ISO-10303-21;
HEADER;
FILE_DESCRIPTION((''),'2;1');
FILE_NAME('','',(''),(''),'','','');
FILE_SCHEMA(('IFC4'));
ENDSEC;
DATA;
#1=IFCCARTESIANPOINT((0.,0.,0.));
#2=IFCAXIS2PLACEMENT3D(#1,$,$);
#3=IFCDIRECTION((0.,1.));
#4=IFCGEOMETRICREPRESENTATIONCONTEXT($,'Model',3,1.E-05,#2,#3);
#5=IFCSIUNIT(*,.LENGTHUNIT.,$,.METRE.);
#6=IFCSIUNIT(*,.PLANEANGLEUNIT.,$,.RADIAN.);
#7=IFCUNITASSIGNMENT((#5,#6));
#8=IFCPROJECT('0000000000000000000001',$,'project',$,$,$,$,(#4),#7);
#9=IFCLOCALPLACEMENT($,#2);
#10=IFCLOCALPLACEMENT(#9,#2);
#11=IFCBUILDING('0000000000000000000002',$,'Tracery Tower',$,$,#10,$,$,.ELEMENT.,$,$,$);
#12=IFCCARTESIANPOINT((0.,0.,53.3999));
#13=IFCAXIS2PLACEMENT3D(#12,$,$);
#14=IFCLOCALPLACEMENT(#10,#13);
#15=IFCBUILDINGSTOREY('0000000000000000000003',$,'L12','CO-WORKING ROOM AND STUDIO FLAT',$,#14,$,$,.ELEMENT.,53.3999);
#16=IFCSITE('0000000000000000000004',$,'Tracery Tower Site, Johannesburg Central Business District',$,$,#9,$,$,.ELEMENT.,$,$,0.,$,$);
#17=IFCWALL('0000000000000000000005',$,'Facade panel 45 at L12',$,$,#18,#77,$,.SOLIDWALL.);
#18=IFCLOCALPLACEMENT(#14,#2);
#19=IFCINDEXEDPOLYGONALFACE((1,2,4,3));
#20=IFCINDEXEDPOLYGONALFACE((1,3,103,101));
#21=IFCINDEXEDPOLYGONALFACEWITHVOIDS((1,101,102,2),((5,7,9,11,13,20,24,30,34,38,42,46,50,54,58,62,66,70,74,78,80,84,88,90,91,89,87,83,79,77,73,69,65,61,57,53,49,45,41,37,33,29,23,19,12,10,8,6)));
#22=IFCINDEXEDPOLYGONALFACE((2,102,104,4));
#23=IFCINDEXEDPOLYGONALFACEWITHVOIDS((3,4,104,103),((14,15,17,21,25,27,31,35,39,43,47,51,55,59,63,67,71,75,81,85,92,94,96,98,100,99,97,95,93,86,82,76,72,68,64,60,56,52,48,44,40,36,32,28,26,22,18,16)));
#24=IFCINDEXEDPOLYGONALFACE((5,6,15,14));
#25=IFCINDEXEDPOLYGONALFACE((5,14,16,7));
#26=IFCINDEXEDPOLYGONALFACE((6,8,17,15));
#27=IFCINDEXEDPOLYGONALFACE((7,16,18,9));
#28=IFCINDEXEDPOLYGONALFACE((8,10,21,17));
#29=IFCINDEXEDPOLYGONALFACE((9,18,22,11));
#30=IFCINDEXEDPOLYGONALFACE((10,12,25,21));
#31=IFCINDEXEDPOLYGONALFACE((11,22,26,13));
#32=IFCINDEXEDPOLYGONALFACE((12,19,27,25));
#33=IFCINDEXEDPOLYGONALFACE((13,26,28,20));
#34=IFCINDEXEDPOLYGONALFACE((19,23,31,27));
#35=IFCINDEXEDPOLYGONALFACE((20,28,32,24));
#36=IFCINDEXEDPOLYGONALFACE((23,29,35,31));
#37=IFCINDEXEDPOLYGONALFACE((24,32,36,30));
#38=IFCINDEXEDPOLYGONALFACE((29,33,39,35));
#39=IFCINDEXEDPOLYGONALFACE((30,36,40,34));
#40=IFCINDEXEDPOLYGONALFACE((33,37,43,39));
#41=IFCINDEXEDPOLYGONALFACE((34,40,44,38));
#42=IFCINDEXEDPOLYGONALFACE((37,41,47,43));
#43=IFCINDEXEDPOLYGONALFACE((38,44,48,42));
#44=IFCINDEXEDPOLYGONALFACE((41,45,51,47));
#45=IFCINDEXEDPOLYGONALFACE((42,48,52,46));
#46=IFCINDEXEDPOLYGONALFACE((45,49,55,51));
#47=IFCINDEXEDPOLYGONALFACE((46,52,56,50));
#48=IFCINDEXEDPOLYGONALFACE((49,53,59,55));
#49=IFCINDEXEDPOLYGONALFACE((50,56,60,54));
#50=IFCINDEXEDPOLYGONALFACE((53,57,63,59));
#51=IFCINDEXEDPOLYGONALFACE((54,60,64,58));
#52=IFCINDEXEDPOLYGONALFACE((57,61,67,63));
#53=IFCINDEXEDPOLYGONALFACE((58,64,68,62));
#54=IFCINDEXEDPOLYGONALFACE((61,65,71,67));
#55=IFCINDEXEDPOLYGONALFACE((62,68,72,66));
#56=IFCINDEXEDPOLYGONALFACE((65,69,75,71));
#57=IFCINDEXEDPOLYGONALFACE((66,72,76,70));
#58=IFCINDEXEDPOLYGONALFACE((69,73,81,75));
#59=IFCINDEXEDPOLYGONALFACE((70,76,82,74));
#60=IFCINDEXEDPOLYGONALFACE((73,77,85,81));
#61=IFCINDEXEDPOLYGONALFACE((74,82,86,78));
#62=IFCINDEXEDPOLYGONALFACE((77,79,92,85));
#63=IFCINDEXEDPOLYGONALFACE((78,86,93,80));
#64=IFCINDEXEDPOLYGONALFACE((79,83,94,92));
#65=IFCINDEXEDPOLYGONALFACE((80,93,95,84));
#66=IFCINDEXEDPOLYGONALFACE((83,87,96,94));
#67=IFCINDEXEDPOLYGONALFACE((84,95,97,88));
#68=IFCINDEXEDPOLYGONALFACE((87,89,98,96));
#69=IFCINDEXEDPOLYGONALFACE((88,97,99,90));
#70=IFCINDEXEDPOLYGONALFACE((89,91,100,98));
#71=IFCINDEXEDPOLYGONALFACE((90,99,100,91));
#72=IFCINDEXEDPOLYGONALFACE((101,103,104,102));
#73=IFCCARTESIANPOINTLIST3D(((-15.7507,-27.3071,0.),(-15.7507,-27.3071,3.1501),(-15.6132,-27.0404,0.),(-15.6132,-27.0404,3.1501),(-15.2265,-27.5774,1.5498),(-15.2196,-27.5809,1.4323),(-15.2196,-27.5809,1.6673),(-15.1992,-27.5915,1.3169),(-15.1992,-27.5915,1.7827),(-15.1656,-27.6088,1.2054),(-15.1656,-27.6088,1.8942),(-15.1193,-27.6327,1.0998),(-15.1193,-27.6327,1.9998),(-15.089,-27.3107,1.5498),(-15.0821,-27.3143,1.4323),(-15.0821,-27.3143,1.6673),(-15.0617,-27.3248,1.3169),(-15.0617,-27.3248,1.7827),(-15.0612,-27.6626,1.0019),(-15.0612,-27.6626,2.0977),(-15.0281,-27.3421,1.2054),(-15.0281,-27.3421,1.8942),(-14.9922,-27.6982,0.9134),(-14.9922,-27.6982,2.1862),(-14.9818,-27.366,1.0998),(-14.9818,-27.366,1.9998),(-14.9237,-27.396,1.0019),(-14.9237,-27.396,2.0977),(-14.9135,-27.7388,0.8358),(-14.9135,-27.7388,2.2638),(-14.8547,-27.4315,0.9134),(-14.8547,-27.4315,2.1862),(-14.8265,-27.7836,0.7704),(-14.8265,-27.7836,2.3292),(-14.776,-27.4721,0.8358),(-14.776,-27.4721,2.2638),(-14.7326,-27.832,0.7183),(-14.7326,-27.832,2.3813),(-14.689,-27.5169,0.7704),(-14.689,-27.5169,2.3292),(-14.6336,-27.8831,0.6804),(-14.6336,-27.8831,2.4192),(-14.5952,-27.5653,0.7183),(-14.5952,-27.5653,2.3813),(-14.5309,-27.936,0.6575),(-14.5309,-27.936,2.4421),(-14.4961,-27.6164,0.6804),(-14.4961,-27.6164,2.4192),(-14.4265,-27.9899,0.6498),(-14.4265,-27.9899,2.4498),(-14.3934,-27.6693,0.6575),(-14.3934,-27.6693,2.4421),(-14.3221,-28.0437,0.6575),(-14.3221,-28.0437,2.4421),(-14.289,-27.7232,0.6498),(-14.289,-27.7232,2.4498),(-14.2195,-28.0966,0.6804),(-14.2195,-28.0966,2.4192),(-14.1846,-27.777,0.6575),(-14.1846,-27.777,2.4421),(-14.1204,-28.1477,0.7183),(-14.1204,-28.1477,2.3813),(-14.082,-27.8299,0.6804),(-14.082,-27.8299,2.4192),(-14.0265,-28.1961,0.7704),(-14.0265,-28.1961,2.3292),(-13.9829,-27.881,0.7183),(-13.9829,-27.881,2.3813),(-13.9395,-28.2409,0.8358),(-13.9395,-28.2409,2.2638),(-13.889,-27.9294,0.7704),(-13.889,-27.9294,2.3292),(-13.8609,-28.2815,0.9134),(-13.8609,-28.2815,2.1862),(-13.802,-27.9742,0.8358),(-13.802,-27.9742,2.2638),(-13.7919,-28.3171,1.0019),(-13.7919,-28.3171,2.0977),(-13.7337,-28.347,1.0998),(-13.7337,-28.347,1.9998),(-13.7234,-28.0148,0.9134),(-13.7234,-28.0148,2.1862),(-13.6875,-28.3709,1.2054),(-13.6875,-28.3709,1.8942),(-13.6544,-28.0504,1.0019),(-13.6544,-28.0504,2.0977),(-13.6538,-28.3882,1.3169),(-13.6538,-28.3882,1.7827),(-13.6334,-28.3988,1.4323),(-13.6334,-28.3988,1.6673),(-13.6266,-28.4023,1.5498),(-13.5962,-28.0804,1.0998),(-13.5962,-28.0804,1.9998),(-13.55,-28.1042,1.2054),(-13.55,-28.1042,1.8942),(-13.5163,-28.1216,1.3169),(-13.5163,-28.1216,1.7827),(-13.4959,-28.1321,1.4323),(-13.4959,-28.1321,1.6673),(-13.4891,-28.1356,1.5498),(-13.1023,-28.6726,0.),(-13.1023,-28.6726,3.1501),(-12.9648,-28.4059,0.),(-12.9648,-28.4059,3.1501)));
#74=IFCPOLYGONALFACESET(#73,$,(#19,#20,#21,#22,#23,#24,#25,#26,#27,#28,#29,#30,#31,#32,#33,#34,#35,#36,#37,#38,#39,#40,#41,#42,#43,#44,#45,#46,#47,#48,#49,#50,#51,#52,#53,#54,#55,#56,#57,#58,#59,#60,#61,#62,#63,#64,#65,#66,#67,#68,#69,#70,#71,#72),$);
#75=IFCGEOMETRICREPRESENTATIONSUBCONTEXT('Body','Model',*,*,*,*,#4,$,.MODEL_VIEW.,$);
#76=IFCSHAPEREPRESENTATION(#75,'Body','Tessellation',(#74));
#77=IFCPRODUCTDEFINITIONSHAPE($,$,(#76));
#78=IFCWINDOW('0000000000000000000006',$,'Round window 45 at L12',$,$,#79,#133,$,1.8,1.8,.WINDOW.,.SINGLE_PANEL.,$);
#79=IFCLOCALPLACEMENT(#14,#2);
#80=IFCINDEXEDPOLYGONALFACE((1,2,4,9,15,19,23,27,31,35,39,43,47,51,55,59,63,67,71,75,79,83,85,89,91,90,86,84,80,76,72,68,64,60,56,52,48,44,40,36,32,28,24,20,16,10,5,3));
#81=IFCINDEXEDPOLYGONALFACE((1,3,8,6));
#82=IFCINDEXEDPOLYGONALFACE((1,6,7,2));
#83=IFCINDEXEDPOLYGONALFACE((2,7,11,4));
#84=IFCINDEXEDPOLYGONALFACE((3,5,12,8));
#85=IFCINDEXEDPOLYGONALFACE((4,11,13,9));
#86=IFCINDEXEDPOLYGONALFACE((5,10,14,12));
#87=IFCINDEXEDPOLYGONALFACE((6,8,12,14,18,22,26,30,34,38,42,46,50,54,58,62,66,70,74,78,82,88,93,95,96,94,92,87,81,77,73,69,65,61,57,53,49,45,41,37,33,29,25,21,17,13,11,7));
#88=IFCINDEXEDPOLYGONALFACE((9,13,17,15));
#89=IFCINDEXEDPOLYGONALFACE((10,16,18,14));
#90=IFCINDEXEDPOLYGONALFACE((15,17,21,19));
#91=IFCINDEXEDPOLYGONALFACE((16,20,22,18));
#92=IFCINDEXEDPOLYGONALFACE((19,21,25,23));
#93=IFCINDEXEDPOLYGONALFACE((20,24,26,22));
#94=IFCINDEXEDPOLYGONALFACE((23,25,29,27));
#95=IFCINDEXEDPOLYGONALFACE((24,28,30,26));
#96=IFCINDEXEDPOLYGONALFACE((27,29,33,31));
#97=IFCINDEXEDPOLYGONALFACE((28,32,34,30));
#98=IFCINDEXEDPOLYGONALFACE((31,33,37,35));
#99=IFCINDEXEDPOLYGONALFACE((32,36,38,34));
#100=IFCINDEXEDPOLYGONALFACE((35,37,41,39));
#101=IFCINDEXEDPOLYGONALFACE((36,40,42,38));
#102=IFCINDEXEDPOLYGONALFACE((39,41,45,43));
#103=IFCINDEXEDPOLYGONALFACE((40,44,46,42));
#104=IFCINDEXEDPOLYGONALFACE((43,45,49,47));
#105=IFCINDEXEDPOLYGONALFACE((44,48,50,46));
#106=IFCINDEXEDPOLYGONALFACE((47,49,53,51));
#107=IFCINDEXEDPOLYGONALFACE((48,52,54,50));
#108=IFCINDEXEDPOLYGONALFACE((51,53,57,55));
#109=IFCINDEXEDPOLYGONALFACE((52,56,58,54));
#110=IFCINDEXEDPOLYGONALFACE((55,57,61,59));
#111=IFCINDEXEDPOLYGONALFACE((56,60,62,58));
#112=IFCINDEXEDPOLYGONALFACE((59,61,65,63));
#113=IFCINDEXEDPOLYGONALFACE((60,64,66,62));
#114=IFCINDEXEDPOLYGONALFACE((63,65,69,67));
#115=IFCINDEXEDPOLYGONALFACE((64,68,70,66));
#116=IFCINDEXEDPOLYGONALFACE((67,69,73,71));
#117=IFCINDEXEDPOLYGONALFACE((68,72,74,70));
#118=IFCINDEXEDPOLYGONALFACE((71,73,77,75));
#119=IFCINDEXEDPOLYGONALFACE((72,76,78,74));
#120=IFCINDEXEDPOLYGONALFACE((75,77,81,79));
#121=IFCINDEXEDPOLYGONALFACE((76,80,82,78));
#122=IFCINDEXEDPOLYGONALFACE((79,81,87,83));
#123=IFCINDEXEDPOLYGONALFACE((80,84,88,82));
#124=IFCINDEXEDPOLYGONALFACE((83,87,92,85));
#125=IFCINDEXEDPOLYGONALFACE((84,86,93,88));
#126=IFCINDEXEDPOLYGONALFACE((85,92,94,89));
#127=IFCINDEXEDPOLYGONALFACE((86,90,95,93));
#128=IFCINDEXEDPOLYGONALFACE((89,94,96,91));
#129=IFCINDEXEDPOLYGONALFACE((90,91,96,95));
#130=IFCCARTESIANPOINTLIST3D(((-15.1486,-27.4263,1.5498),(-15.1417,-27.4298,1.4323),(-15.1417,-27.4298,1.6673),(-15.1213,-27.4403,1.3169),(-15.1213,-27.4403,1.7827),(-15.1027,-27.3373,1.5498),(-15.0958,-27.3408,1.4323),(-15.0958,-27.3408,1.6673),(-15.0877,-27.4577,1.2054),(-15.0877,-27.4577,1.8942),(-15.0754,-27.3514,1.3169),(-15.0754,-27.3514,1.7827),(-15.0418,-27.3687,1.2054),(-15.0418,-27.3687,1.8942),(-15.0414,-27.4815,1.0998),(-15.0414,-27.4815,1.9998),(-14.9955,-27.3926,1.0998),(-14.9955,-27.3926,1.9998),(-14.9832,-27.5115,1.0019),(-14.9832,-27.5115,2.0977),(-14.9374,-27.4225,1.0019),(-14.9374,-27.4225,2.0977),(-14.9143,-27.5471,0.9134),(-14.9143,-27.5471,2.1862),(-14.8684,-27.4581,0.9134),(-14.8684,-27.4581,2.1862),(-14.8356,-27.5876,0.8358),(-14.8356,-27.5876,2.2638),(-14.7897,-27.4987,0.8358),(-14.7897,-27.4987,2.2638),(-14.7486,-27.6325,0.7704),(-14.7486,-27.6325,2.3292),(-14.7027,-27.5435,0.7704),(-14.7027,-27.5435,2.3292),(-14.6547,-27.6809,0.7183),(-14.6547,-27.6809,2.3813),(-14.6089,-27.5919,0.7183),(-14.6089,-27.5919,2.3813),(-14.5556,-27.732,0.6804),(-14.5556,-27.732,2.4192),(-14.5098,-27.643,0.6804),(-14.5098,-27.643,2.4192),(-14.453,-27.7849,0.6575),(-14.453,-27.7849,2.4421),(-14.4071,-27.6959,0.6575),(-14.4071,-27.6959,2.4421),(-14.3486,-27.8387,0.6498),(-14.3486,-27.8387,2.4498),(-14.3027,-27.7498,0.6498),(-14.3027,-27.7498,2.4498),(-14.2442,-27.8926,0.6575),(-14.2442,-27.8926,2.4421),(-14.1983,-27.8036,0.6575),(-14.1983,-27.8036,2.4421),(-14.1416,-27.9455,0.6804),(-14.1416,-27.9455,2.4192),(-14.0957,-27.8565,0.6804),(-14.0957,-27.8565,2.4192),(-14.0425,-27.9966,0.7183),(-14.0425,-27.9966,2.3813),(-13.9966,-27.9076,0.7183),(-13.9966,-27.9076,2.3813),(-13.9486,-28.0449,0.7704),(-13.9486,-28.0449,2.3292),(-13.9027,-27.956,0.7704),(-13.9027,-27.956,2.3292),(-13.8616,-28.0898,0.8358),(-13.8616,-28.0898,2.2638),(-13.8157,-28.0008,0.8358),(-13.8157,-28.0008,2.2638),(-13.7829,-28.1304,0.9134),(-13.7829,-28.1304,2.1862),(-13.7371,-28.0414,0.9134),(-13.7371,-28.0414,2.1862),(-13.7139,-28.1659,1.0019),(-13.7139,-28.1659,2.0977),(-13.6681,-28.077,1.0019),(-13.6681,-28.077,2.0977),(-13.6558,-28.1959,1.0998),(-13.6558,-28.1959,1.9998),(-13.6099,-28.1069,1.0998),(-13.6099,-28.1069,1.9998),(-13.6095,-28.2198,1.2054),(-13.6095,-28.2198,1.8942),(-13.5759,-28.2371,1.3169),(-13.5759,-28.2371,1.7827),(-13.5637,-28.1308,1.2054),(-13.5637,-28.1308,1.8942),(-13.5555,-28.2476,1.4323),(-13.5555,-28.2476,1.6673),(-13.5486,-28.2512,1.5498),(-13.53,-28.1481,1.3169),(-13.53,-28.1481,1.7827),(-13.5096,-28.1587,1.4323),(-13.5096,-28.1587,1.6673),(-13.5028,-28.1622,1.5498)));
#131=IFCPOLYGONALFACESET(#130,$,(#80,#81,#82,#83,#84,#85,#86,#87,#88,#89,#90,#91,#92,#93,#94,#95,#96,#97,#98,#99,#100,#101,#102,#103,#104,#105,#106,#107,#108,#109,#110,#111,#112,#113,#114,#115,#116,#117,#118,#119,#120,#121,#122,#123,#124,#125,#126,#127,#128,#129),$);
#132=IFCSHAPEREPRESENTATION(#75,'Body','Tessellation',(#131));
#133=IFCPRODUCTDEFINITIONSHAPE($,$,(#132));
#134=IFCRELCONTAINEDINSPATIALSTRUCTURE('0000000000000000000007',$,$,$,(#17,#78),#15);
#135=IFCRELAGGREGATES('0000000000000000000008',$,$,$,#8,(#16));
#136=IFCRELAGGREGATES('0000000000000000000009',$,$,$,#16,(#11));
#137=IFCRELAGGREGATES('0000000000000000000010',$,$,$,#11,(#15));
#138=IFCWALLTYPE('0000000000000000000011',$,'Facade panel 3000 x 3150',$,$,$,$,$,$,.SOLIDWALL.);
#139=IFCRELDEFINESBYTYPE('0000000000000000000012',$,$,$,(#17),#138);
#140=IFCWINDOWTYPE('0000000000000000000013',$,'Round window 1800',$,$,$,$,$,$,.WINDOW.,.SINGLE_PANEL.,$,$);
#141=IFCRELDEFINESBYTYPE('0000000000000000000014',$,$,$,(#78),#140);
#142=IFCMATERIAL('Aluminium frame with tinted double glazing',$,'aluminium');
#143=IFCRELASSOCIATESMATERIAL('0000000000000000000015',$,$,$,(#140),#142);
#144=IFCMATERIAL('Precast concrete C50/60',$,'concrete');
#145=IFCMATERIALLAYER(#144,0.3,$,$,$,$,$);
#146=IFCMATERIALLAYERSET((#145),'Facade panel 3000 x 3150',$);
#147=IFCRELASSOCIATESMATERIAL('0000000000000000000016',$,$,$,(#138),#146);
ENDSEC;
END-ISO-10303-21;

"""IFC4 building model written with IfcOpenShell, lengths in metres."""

from ifc_helpers import new_model, si_unit, direction, frame, frame_2d, origin, origin_2d, place, context, subcontext, project, spatial, rectangle, circle, extrude, material, layer, layer_set, type_object, element, fill, save


model = new_model("IFC4")

# Units and contexts
model_context = context("Model", 3, precision=1e-05, world=origin(), true_north=direction((0.0, 1.0)))
body_context = subcontext(model_context, "Body", "Model", "MODEL_VIEW")
ifc_project = project(units=[si_unit("LENGTHUNIT", "METRE"), si_unit("PLANEANGLEUNIT", "RADIAN")], contexts=[model_context])

# Site, building, storey
site_placement = place(None, origin())
site = spatial("IfcSite", under=ifc_project, at=site_placement, Name="Tracery Tower Site, Johannesburg Central Business District", CompositionType="ELEMENT", RefElevation=0.0)
building_placement = place(site_placement, origin())
building = spatial("IfcBuilding", under=site, at=building_placement, Name="Tracery Tower", CompositionType="ELEMENT")
storey_placement = place(building_placement, frame((0.0, 0.0, 53.3999)))
storey = spatial("IfcBuildingStorey", under=building, at=storey_placement, Name="L12", Description="CO-WORKING ROOM AND STUDIO FLAT", CompositionType="ELEMENT", Elevation=53.3999)

# Wall, opening, window
ifc_material_1 = material(Name="Aluminium frame with tinted double glazing", Category="aluminium")
window_type = type_object("IfcWindowType", Name="Round window 1800", PartitioningType="SINGLE_PANEL", PredefinedType="WINDOW", material=ifc_material_1)
ifc_material_2 = material(Name="Precast concrete C50/60", Category="concrete")
ifc_layer_1 = layer(ifc_material_2, 0.3)
ifc_layer_set_1 = layer_set([ifc_layer_1], Name="Facade panel 3000 x 3150")
wall_type_1 = type_object("IfcWallType", Name="Facade panel 3000 x 3150", PredefinedType="SOLIDWALL", material=ifc_layer_set_1)
wall_1_placement = place(storey_placement, frame((-15.6819, -27.1738, 0.0), z_axis=(0.0, 0.0, 1.0), x_axis=(0.88882, -0.458257, 0.0)))
wall_1 = element("IfcWall", 1, at=wall_1_placement, inside=storey, type_object=wall_type_1, Name="Facade panel 45 at L12", PredefinedType="SOLIDWALL", context=body_context, shape_type="SweptSolid", body=[
    extrude(rectangle(XDim=2.9797, YDim=0.3, at=frame_2d((1.4897, 0.0))), origin(), (0.0, 0.0, 1.0), 3.1501),
])
opening_1_placement = place(wall_1_placement, frame((1.4897, 0.0, 1.5498)))
opening_1 = element("IfcOpeningElement", 2, at=opening_1_placement, cuts=wall_1, PredefinedType="OPENING", context=body_context, shape_type="SweptSolid", body=[
    extrude(circle(Radius=0.9, at=origin_2d()), frame((0.0, 0.1599, 0.0), z_axis=(0.0, -1.0, 0.0), x_axis=(1.0, 0.0, 0.0)), (0.0, 0.0, 1.0), 0.3201),
])
window_1_placement = place(opening_1_placement, origin())
window_1 = element("IfcWindow", 3, at=window_1_placement, inside=storey, type_object=window_type, Name="Round window 45 at L12", OverallHeight=1.8, OverallWidth=1.8, PartitioningType="SINGLE_PANEL", PredefinedType="WINDOW", context=body_context, shape_type="SweptSolid", body=[
    extrude(circle(Radius=0.9, at=origin_2d()), frame((0.0, 0.1201, 0.0), z_axis=(0.0, -1.0, 0.0), x_axis=(1.0, 0.0, 0.0)), (0.0, 0.0, 1.0), 0.1001),
])
fill(opening_1, window_1)

save(model, "model.ifc")
